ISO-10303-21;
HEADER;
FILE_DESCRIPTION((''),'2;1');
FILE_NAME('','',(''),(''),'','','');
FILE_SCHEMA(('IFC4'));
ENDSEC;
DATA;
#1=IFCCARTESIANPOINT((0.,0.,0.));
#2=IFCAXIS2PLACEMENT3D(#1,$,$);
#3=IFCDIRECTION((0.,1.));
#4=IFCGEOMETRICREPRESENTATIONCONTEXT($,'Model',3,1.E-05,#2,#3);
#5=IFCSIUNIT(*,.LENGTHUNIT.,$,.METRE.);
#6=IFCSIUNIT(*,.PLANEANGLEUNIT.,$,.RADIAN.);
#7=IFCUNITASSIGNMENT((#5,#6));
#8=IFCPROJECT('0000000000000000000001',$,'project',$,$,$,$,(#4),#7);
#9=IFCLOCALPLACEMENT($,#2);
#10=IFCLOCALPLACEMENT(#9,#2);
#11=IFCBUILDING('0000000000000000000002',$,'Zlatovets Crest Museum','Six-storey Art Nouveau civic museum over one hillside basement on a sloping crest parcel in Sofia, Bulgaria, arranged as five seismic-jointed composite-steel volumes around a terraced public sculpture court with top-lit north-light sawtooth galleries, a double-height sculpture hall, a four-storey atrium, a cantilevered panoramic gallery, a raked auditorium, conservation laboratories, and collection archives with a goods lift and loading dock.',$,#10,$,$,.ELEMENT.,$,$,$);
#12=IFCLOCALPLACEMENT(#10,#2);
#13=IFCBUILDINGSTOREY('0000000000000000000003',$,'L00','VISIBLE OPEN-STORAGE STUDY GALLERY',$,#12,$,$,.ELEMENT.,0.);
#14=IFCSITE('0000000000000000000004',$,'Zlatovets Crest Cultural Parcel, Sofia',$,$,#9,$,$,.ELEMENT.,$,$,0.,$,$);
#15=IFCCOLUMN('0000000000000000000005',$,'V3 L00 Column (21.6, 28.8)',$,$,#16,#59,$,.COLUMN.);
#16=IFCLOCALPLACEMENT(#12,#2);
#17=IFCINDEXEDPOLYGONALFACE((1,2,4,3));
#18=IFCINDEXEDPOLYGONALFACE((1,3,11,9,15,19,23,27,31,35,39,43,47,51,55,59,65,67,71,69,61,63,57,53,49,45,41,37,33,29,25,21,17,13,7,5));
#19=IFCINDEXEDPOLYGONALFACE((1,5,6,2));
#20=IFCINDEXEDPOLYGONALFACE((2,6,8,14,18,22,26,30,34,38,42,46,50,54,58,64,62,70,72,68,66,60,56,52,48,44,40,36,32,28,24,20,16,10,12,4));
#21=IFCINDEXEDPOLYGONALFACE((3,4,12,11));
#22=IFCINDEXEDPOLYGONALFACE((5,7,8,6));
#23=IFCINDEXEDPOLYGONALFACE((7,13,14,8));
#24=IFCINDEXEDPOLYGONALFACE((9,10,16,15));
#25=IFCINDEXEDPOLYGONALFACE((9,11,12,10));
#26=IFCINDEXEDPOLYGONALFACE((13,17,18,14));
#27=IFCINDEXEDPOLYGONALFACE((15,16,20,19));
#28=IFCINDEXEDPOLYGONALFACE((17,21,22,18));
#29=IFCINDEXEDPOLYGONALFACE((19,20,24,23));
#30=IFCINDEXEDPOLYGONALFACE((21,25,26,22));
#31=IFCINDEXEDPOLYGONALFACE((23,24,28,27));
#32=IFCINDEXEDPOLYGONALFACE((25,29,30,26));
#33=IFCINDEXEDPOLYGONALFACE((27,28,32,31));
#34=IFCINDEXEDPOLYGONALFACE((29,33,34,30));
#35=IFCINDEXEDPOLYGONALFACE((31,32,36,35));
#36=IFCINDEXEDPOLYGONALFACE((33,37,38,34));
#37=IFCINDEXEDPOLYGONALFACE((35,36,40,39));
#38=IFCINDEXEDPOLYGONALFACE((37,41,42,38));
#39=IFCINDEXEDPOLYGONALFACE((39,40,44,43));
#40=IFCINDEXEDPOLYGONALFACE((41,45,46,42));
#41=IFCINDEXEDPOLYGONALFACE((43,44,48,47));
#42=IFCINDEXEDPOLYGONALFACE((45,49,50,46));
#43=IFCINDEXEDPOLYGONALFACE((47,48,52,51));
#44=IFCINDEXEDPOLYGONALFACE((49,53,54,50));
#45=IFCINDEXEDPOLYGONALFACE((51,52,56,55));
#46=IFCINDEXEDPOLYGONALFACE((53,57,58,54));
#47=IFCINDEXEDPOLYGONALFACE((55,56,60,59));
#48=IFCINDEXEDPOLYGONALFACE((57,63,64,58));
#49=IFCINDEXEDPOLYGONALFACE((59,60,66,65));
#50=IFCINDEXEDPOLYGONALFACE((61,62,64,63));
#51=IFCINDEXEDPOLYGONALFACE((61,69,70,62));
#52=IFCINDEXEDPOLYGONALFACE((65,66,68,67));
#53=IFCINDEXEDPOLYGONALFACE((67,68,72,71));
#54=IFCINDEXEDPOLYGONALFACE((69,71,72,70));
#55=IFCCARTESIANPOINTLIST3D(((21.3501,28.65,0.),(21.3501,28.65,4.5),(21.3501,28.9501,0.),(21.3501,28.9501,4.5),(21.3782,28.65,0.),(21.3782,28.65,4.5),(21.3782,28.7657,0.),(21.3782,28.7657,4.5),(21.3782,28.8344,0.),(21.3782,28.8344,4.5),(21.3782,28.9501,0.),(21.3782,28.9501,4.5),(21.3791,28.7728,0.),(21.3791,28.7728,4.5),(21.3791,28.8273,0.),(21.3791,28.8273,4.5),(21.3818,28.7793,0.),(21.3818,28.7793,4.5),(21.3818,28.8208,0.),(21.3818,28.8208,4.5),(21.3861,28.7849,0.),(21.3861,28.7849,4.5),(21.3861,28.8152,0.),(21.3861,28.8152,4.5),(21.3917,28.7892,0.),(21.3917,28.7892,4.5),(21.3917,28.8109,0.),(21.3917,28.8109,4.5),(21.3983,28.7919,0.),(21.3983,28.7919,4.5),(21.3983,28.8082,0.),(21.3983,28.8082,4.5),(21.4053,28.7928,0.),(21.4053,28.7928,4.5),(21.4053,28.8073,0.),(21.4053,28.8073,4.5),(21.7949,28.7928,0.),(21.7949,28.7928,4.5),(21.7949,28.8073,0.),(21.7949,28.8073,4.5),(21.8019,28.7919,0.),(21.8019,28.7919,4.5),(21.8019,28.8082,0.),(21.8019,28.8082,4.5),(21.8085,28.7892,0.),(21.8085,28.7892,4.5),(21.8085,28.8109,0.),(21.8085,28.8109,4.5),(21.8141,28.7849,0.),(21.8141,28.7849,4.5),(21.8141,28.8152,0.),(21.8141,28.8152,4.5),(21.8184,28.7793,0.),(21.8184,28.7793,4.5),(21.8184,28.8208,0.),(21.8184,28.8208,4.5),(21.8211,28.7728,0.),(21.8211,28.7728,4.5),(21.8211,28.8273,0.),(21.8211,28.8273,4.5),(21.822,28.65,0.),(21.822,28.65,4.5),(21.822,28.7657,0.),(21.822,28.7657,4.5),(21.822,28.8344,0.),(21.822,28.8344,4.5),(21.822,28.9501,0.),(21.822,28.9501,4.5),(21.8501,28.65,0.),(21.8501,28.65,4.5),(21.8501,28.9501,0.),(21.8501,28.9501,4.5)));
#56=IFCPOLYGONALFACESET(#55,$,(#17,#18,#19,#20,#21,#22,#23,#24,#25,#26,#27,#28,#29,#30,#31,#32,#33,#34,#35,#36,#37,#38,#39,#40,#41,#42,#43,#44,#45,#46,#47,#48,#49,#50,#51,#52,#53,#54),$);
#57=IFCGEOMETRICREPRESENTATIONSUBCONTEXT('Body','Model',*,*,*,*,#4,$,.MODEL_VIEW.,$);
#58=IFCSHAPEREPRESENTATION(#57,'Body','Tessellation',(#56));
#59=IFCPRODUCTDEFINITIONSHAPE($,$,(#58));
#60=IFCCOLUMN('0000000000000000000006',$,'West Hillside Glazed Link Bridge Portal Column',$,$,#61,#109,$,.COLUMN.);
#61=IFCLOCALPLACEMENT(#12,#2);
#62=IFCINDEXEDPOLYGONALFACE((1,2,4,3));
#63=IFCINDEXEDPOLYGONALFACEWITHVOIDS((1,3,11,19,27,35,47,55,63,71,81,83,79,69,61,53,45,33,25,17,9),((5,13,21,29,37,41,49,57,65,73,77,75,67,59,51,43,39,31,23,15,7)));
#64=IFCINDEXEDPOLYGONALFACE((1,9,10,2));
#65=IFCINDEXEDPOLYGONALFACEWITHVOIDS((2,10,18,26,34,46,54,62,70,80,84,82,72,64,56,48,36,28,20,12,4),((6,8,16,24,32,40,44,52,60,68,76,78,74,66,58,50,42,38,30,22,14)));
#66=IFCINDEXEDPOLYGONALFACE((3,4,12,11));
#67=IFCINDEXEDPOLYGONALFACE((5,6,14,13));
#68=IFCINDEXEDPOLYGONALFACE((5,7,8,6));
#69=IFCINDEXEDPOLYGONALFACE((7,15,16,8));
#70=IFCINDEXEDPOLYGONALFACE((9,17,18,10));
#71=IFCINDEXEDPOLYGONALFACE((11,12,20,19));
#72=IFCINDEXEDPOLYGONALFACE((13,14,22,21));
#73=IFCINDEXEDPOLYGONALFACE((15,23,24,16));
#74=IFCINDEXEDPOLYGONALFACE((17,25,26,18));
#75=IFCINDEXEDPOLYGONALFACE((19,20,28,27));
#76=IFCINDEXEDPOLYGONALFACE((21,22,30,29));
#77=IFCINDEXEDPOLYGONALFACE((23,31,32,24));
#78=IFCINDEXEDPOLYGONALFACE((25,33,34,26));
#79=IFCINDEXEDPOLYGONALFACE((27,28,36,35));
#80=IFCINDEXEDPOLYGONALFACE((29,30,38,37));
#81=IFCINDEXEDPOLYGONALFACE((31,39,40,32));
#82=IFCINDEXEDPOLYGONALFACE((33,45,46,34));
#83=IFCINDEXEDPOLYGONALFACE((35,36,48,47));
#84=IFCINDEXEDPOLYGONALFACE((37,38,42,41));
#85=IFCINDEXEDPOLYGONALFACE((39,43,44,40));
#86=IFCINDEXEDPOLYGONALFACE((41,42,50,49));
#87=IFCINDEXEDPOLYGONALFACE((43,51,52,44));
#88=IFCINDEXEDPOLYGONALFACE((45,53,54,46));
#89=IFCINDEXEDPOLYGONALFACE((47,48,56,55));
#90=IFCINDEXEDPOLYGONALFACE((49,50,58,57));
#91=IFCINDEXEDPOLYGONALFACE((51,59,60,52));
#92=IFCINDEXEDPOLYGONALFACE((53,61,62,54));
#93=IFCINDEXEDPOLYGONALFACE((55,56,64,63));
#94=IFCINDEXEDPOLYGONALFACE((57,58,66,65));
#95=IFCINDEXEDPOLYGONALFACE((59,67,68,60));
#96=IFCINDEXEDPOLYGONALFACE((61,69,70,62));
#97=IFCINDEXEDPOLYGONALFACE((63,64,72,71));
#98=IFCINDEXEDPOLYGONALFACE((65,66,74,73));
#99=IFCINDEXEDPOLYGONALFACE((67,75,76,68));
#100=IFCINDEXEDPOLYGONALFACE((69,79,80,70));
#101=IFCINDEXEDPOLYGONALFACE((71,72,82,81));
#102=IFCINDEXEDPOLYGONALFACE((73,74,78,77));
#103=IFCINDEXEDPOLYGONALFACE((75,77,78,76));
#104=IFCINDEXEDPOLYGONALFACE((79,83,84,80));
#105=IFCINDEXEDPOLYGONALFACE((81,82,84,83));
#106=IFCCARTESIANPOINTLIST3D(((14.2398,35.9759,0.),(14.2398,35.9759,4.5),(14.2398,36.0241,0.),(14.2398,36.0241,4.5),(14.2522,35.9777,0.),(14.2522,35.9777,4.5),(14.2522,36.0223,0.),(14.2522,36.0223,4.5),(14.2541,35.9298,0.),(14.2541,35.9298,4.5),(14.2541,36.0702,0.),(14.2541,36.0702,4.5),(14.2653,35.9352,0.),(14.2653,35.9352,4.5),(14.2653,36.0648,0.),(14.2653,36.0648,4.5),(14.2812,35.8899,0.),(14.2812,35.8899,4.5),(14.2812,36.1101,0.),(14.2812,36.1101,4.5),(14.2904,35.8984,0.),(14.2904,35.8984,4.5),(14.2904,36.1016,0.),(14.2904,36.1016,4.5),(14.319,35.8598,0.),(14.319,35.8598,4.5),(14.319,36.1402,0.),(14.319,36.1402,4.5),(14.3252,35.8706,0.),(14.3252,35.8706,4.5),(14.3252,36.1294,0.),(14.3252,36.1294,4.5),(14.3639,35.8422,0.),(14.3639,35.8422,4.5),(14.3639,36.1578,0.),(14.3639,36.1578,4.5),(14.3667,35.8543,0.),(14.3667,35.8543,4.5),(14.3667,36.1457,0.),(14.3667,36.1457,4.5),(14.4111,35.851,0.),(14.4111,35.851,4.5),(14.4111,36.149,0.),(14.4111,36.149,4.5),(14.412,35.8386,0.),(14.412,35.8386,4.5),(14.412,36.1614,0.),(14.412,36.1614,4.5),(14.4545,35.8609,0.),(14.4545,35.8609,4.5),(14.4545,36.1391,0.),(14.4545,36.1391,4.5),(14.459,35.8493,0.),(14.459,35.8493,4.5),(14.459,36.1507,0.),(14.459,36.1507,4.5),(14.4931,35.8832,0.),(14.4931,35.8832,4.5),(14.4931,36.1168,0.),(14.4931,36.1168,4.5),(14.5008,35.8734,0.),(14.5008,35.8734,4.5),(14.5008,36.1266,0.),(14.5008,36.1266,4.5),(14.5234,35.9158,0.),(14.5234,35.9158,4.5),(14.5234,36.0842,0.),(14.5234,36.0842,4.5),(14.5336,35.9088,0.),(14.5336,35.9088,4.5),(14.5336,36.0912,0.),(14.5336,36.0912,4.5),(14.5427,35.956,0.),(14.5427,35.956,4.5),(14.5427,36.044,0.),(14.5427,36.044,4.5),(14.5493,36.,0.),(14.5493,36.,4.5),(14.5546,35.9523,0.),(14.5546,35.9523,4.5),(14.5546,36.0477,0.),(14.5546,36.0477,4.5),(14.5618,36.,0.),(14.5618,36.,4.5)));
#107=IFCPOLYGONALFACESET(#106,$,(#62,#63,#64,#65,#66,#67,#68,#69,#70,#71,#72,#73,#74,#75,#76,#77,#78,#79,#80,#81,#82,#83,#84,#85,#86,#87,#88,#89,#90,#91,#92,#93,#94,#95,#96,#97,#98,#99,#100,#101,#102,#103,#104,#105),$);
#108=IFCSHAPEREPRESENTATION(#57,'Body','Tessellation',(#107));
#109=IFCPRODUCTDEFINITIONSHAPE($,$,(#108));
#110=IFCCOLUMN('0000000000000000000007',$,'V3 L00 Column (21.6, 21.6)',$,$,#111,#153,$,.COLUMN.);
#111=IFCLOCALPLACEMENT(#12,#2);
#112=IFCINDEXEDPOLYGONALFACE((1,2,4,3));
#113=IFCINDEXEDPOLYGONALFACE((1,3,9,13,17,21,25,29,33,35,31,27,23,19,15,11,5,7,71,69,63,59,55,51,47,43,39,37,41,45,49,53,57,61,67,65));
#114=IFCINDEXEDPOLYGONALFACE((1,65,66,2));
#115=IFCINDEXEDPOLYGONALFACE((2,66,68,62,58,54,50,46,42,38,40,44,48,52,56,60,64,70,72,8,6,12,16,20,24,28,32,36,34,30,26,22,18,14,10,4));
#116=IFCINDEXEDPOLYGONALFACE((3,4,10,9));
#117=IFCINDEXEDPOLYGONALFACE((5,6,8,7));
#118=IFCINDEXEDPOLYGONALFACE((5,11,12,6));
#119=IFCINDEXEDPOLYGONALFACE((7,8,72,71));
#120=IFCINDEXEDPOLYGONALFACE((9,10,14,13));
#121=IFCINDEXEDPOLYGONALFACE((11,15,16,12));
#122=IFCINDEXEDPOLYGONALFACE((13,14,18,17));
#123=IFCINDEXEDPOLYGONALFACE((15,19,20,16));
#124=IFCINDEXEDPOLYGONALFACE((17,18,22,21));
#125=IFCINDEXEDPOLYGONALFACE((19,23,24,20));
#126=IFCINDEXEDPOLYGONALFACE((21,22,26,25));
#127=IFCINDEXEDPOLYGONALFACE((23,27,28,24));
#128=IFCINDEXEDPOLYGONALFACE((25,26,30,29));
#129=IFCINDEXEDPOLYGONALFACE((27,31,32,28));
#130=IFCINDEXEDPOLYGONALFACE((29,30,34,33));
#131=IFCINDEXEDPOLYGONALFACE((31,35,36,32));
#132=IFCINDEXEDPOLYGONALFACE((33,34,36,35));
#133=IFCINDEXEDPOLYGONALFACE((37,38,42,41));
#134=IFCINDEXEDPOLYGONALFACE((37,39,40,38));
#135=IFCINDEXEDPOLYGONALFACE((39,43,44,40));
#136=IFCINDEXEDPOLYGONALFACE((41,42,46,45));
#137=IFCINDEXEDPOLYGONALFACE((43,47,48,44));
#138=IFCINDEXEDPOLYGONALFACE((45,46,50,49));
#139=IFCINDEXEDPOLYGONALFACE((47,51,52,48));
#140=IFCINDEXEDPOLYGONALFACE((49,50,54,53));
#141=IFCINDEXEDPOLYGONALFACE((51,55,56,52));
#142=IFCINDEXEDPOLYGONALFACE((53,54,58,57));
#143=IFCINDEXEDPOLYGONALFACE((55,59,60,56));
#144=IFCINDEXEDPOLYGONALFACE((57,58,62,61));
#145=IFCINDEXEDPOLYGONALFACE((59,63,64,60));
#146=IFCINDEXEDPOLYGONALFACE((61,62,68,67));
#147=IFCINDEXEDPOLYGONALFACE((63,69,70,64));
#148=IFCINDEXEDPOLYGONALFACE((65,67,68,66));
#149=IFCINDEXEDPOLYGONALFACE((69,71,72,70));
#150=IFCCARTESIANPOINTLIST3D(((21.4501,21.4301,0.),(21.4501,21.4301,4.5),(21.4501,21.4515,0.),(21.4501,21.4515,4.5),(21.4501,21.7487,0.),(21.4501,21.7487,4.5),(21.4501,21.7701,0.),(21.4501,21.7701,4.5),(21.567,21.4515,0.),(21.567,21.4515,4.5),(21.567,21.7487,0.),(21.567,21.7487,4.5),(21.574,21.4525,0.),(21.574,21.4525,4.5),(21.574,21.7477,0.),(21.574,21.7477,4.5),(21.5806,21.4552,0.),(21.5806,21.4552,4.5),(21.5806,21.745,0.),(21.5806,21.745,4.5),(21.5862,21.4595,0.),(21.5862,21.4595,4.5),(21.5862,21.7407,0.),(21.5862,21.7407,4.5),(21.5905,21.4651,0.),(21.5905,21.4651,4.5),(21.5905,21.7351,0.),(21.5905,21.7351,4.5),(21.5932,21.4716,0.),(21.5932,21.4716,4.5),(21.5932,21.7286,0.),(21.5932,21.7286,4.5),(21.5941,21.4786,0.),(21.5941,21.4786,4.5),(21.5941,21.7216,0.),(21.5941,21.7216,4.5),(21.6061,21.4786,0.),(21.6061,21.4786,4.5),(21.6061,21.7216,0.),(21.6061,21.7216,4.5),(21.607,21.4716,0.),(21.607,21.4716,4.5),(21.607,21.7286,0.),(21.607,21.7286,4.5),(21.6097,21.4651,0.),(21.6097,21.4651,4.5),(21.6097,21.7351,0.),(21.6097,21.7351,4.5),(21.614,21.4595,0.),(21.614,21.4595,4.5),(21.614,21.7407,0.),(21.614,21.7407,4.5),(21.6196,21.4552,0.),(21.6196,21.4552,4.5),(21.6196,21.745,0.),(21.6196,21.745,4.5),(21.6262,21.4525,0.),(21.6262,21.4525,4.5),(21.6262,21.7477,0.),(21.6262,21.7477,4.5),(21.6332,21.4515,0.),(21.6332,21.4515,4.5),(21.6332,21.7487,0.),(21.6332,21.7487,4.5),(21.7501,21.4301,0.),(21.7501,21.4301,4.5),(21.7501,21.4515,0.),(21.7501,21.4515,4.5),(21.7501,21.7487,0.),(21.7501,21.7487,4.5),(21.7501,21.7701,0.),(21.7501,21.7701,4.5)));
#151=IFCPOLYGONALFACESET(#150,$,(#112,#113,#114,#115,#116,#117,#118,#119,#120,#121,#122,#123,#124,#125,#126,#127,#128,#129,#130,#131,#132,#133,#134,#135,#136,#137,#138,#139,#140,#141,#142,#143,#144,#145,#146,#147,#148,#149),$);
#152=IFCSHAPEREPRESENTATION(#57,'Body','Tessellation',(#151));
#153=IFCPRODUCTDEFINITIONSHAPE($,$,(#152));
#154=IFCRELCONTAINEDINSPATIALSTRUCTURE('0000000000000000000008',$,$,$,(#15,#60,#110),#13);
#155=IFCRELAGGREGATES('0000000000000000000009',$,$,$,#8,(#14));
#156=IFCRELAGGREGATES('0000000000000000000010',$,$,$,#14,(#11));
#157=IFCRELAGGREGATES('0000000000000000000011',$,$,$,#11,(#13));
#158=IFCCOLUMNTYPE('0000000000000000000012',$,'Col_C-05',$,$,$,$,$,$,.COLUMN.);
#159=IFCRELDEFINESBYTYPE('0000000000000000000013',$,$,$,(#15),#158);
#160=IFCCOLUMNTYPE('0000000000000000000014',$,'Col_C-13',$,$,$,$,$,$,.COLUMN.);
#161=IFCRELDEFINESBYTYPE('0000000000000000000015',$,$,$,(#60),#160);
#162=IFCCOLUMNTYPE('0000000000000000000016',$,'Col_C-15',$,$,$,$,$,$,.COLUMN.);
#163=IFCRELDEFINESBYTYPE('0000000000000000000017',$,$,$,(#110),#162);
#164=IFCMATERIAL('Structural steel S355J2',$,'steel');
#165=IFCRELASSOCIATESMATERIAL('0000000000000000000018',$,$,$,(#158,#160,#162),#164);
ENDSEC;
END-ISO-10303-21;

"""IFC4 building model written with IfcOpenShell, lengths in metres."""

from ifc_helpers import new_model, si_unit, direction, frame, origin, origin_2d, place, context, subcontext, project, spatial, hollow_circle, i_section, extrude, material, material_profile, profile_set, type_object, element, save


model = new_model("IFC4")

# Units and contexts
model_context = context("Model", 3, precision=1e-05, world=origin(), true_north=direction((0.0, 1.0)))
body_context = subcontext(model_context, "Body", "Model", "MODEL_VIEW")
ifc_project = project(units=[si_unit("LENGTHUNIT", "METRE"), si_unit("PLANEANGLEUNIT", "RADIAN")], contexts=[model_context])

# Site, building, storey
site_placement = place(None, origin())
site = spatial("IfcSite", under=ifc_project, at=site_placement, Name="Zlatovets Crest Cultural Parcel, Sofia", CompositionType="ELEMENT", RefElevation=0.0)
building_placement = place(site_placement, origin())
building = spatial("IfcBuilding", under=site, at=building_placement, Name="Zlatovets Crest Museum", Description="Six-storey Art Nouveau civic museum over one hillside basement on a sloping crest parcel in Sofia, Bulgaria, arranged as five seismic-jointed composite-steel volumes around a terraced public sculpture court with top-lit north-light sawtooth galleries, a double-height sculpture hall, a four-storey atrium, a cantilevered panoramic gallery, a raked auditorium, conservation laboratories, and collection archives with a goods lift and loading dock.", CompositionType="ELEMENT")
storey_placement = place(building_placement, origin())
storey = spatial("IfcBuildingStorey", under=building, at=storey_placement, Name="L00", Description="VISIBLE OPEN-STORAGE STUDY GALLERY", CompositionType="ELEMENT", Elevation=0.0)

# Columns
ifc_material_1 = material(Name="Structural steel S355J2", Category="steel")
ifc_material_profile_1 = material_profile(ifc_material_1, i_section(OverallWidth=0.3, OverallDepth=0.5, WebThickness=0.0144, FlangeThickness=0.0281, FilletRadius=0.0271, at=origin_2d()), Name="HEB 500")
ifc_profile_set_1 = profile_set([ifc_material_profile_1], Name="Structural steel S355J2")
column_type_1 = type_object("IfcColumnType", Name="Col_C-05", PredefinedType="COLUMN", material=ifc_profile_set_1)
column_1_placement = place(storey_placement, frame((21.6001, 28.8, 0.0), z_axis=(0.0, 0.0, 1.0), x_axis=(0.0, 1.0, 0.0)))
element("IfcColumn", 1, at=column_1_placement, inside=storey, type_object=column_type_1, Name="V3 L00 Column (21.6, 28.8)", PredefinedType="COLUMN", context=body_context, shape_type="SweptSolid", body=[
    extrude(i_section(OverallWidth=0.3, OverallDepth=0.5, WebThickness=0.0144, FlangeThickness=0.0281, FilletRadius=0.0271, at=origin_2d()), origin(), (0.0, 0.0, 1.0), 4.5),
])
ifc_material_profile_2 = material_profile(ifc_material_1, hollow_circle(Radius=0.1619, WallThickness=0.0125, at=origin_2d()), Name="CHS 323.9x12.5")
ifc_profile_set_2 = profile_set([ifc_material_profile_2], Name="Structural steel S355J2")
column_type_2 = type_object("IfcColumnType", Name="Col_C-13", PredefinedType="COLUMN", material=ifc_profile_set_2)
column_2_placement = place(storey_placement, frame((14.3999, 36.0, 0.0), z_axis=(0.0, 0.0, 1.0), x_axis=(1.0, 0.0, 0.0)))
element("IfcColumn", 2, at=column_2_placement, inside=storey, type_object=column_type_2, Name="West Hillside Glazed Link Bridge Portal Column", PredefinedType="COLUMN", context=body_context, shape_type="SweptSolid", body=[
    extrude(hollow_circle(Radius=0.1619, WallThickness=0.0125, at=origin_2d()), origin(), (0.0, 0.0, 1.0), 4.5),
])
ifc_material_profile_3 = material_profile(ifc_material_1, i_section(OverallWidth=0.3, OverallDepth=0.3401, WebThickness=0.012, FlangeThickness=0.0215, FilletRadius=0.0271, at=origin_2d()), Name="HEB 340")
ifc_profile_set_3 = profile_set([ifc_material_profile_3], Name="Structural steel S355J2")
column_type_3 = type_object("IfcColumnType", Name="Col_C-15", PredefinedType="COLUMN", material=ifc_profile_set_3)
column_3_placement = place(storey_placement, frame((21.6001, 21.6001, 0.0), z_axis=(0.0, 0.0, 1.0), x_axis=(1.0, 0.0, 0.0)))
element("IfcColumn", 3, at=column_3_placement, inside=storey, type_object=column_type_3, Name="V3 L00 Column (21.6, 21.6)", PredefinedType="COLUMN", context=body_context, shape_type="SweptSolid", body=[
    extrude(i_section(OverallWidth=0.3, OverallDepth=0.3401, WebThickness=0.012, FlangeThickness=0.0215, FilletRadius=0.0271, at=origin_2d()), origin(), (0.0, 0.0, 1.0), 4.5),
])

save(model, "model.ifc")
